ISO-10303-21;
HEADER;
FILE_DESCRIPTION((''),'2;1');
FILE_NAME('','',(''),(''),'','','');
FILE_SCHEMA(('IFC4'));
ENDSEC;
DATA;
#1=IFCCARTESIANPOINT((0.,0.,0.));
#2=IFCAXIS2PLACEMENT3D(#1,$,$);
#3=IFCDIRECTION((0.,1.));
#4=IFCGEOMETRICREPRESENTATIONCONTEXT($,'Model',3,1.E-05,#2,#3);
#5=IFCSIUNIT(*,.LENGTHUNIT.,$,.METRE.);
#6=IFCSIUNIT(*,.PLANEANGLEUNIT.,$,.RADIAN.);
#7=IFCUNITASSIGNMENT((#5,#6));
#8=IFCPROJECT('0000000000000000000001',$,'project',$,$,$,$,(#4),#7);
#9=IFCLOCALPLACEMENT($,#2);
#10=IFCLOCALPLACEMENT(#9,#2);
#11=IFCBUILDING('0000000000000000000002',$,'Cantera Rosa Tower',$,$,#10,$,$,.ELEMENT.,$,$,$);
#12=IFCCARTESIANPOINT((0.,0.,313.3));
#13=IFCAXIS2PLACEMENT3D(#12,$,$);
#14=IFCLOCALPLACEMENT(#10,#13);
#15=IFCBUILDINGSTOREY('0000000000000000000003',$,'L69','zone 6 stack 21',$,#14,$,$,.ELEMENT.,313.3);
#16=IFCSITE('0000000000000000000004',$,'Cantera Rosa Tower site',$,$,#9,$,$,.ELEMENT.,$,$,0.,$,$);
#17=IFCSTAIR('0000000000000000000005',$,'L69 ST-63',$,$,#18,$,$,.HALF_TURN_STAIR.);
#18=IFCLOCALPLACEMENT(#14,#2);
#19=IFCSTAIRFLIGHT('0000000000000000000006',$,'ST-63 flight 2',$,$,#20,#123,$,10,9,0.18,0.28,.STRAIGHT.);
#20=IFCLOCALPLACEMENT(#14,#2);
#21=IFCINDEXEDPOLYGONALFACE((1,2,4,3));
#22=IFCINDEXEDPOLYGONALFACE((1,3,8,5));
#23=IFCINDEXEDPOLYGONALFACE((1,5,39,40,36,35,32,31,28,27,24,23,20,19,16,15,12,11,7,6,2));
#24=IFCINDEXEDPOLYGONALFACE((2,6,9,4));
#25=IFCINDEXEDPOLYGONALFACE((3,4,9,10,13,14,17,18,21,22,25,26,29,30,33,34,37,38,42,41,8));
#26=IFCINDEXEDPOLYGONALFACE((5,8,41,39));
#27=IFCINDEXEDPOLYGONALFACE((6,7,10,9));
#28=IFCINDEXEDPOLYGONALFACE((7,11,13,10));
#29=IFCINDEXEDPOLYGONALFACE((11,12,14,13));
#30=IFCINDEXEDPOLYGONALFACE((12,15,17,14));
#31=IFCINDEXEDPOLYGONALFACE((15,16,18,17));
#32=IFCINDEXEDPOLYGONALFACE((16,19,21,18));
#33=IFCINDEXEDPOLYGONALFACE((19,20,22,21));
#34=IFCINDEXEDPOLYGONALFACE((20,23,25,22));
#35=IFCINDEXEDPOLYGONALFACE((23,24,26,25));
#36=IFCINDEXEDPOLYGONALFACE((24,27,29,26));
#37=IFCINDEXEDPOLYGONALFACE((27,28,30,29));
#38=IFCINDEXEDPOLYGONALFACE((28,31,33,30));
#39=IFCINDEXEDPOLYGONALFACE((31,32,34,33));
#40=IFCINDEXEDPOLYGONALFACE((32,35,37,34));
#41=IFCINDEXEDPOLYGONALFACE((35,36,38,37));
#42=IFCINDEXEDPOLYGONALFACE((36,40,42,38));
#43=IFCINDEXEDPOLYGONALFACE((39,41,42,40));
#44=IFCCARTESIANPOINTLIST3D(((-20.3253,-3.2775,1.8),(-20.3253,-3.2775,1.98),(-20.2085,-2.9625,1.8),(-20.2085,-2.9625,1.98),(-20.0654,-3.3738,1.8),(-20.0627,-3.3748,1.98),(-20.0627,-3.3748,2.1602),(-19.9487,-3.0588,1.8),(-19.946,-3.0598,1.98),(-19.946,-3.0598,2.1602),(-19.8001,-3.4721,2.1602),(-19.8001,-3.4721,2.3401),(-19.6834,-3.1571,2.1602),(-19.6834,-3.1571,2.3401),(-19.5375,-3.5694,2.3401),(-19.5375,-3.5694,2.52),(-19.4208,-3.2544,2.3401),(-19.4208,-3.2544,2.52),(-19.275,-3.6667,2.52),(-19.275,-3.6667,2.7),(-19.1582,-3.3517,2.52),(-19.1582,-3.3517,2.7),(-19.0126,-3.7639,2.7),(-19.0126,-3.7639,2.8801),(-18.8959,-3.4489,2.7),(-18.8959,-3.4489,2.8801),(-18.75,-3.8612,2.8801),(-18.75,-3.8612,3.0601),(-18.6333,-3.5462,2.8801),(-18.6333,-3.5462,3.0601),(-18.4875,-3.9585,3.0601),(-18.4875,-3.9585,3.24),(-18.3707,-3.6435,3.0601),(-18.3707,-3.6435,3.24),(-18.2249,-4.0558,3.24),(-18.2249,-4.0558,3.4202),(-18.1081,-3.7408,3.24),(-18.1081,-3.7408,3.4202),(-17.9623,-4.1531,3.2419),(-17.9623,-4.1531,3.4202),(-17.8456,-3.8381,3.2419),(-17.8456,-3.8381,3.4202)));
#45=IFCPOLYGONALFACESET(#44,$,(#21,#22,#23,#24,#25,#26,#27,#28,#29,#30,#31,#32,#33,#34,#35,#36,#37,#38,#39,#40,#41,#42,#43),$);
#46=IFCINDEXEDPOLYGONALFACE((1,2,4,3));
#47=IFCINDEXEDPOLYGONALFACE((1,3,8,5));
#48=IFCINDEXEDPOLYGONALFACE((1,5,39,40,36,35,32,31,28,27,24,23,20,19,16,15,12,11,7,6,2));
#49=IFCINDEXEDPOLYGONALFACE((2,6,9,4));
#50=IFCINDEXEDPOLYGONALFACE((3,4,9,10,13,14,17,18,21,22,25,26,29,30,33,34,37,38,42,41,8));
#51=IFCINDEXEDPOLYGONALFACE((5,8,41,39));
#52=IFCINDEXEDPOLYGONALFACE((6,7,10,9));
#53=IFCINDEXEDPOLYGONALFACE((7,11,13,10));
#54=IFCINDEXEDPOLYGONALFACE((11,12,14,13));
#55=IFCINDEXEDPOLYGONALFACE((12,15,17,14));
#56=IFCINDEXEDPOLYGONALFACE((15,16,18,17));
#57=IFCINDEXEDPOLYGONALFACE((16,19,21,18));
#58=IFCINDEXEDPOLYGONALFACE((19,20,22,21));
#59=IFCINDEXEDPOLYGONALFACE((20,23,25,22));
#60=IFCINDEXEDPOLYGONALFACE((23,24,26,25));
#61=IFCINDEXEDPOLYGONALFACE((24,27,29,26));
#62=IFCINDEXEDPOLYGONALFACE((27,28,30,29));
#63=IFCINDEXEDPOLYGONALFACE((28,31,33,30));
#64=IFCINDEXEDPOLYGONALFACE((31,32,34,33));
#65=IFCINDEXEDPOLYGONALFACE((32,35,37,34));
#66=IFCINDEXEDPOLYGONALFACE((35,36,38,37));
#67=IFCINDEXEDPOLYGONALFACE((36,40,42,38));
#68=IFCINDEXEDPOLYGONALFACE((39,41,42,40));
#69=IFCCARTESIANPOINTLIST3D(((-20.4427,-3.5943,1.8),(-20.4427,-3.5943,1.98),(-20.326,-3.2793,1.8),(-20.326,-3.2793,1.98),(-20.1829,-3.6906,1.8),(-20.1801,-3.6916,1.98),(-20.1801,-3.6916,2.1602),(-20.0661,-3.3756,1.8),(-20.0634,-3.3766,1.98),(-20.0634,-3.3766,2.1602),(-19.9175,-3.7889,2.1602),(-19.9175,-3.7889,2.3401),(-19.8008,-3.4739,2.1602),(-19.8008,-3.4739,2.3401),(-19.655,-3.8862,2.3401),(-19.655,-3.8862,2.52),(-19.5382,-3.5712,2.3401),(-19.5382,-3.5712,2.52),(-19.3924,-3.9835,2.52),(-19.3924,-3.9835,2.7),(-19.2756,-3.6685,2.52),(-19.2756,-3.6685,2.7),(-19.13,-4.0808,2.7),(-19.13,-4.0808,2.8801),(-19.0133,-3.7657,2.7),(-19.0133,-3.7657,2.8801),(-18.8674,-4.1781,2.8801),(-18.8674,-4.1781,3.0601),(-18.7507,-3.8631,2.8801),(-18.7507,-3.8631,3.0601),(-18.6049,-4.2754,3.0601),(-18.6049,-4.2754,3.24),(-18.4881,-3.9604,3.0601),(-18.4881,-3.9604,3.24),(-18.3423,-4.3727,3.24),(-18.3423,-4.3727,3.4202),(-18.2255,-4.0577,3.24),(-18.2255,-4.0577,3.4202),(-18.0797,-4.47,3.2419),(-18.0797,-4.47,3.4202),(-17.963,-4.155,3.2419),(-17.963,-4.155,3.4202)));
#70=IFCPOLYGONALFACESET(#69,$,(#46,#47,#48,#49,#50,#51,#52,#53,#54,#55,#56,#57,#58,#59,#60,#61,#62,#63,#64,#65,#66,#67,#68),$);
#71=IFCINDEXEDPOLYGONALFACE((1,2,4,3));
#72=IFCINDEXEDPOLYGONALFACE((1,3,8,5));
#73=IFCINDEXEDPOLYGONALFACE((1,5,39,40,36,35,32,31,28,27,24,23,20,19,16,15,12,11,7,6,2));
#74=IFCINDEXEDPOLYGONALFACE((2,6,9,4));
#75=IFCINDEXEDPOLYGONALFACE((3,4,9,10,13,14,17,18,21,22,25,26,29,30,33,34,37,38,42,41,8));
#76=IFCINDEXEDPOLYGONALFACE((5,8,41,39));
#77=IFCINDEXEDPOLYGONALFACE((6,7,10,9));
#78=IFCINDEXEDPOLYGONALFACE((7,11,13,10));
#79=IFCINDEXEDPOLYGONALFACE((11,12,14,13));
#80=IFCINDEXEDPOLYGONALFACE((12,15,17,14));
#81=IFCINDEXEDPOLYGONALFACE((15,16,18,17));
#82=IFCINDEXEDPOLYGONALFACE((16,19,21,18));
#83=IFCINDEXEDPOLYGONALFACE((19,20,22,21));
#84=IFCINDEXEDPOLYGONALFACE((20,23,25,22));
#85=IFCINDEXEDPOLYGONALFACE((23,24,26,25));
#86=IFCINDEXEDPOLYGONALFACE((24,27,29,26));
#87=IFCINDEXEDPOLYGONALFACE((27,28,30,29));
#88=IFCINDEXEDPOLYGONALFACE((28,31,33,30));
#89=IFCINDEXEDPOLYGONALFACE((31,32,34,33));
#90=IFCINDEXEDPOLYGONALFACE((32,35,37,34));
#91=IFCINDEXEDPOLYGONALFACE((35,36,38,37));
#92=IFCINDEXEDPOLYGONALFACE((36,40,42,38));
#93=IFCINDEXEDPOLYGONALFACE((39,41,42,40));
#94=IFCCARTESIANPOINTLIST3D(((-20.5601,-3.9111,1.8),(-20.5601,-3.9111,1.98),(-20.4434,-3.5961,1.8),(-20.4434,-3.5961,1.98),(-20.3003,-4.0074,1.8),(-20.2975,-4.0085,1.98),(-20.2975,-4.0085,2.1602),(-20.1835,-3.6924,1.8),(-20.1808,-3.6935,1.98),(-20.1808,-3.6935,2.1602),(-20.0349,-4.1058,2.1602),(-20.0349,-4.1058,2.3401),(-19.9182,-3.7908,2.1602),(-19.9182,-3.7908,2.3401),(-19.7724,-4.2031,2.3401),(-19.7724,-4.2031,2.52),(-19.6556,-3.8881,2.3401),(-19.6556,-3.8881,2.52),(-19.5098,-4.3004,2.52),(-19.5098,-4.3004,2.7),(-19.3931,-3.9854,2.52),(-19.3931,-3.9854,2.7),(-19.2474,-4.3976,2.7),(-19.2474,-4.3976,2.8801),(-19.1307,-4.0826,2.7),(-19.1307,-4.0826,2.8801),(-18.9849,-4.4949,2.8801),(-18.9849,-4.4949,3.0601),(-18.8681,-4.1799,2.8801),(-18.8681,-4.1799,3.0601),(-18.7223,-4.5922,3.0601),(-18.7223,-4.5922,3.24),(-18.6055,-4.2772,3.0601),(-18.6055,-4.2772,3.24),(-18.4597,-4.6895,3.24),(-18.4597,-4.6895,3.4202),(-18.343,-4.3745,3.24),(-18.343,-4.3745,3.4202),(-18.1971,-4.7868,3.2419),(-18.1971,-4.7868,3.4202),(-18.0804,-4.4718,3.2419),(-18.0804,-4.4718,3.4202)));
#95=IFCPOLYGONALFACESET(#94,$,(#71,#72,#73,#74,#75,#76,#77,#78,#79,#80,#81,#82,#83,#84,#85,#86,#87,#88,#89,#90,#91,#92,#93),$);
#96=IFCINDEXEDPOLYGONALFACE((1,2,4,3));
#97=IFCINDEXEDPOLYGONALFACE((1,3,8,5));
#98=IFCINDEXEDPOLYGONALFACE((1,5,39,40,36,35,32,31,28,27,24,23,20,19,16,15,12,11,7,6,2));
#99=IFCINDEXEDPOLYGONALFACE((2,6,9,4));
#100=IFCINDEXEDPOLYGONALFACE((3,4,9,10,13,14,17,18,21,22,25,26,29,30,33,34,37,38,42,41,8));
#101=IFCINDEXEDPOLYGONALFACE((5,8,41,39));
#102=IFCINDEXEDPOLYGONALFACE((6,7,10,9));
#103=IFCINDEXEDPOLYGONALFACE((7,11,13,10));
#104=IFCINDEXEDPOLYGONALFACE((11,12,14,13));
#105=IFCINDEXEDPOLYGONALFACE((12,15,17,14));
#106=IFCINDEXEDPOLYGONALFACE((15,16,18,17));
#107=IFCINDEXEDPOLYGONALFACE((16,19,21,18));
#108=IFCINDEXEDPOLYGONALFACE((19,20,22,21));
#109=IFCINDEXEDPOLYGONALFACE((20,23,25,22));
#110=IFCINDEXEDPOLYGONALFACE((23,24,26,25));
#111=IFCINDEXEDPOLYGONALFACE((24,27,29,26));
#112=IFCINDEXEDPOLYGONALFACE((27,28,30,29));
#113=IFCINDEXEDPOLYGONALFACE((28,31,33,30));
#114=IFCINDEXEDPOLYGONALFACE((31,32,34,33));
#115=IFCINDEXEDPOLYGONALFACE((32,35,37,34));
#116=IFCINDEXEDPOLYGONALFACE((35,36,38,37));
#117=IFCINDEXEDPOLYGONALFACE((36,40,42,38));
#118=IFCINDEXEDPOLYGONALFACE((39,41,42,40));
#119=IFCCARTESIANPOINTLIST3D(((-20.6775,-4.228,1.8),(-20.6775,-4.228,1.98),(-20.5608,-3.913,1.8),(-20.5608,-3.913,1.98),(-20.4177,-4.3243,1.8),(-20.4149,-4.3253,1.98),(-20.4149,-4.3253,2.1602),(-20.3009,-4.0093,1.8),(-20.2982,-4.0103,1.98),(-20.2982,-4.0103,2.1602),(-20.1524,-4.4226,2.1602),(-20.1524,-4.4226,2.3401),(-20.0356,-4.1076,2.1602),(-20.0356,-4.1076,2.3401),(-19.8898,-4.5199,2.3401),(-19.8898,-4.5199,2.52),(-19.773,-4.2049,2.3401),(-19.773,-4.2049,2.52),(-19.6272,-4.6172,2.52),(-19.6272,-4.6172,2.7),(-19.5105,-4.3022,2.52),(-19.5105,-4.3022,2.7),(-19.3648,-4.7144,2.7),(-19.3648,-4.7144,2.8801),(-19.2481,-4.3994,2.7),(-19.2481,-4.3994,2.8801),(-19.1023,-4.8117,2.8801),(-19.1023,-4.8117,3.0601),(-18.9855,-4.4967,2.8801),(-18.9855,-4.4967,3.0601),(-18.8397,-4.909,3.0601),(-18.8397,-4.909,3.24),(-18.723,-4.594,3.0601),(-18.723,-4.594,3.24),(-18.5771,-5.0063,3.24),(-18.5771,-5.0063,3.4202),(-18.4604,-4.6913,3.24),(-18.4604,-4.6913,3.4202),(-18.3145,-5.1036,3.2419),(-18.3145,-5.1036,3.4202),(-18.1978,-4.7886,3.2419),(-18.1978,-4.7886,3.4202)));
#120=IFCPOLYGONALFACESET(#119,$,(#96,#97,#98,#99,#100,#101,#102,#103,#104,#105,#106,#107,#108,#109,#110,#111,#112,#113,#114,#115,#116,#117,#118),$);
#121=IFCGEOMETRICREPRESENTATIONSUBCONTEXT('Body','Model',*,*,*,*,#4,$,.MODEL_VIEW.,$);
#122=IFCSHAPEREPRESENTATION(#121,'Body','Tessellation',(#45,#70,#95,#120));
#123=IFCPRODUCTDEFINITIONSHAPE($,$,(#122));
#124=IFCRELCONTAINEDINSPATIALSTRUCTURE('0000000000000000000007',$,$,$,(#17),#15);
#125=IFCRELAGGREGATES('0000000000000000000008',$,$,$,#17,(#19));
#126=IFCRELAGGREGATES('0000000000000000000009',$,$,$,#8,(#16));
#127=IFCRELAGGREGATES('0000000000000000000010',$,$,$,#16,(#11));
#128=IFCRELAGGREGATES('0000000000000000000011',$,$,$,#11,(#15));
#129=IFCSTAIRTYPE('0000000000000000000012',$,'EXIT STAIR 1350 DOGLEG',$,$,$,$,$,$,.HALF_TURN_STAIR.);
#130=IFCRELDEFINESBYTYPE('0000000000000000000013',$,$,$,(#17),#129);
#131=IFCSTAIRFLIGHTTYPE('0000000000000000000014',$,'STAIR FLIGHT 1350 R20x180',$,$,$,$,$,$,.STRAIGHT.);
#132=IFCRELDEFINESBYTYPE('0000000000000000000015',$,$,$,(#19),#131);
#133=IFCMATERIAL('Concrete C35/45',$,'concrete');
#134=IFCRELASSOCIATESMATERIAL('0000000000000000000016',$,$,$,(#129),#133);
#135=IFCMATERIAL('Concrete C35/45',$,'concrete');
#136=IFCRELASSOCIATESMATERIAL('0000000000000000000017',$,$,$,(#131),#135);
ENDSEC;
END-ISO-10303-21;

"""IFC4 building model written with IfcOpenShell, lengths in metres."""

from ifc_helpers import new_model, si_unit, direction, frame, origin, place, context, subcontext, project, spatial, polyline, outline, extrude, material, type_object, element, aggregate, save


model = new_model("IFC4")

# Units and contexts
model_context = context("Model", 3, precision=1e-05, world=origin(), true_north=direction((0.0, 1.0)))
body_context = subcontext(model_context, "Body", "Model", "MODEL_VIEW")
ifc_project = project(units=[si_unit("LENGTHUNIT", "METRE"), si_unit("PLANEANGLEUNIT", "RADIAN")], contexts=[model_context])

# Site, building, storey
site_placement = place(None, origin())
site = spatial("IfcSite", under=ifc_project, at=site_placement, Name="Cantera Rosa Tower site", CompositionType="ELEMENT", RefElevation=0.0)
building_placement = place(site_placement, origin())
building = spatial("IfcBuilding", under=site, at=building_placement, Name="Cantera Rosa Tower", CompositionType="ELEMENT")
storey_placement = place(building_placement, frame((0.0, 0.0, 313.3)))
storey = spatial("IfcBuildingStorey", under=building, at=storey_placement, Name="L69", Description="zone 6 stack 21", CompositionType="ELEMENT", Elevation=313.3)

# Stair, stair flight
ifc_material_1 = material(Name="Concrete C35/45", Category="concrete")
stair_type = type_object("IfcStairType", Name="EXIT STAIR 1350 DOGLEG", PredefinedType="HALF_TURN_STAIR", material=ifc_material_1)
stair_placement = place(storey_placement, origin())
stair = element("IfcStair", 1, at=stair_placement, inside=storey, type_object=stair_type, Name="L69 ST-63", PredefinedType="HALF_TURN_STAIR")
ifc_material_2 = material(Name="Concrete C35/45", Category="concrete")
stair_flight_type = type_object("IfcStairFlightType", Name="STAIR FLIGHT 1350 R20x180", PredefinedType="STRAIGHT", material=ifc_material_2)
stair_flight_1_placement = place(storey_placement, frame((-20.4431, -3.5955, 1.8), z_axis=(0.0, 0.0, 1.0), x_axis=(0.937687, -0.347481, 0.0)))
stair_flight_1 = element("IfcStairFlight", 2, at=stair_flight_1_placement, type_object=stair_flight_type, Name="ST-63 flight 2", NumberOfRisers=10, NumberOfTreads=9, PredefinedType="STRAIGHT", RiserHeight=0.18, TreadLength=0.28, context=body_context, shape_type="SweptSolid", body=[
    extrude(outline(polyline([(0.0, 0.0), (0.0, 0.1799), (0.28, 0.1799), (0.28, 0.3601), (0.5601, 0.3601), (0.5601, 0.54), (0.8401, 0.54), (0.8401, 0.72), (1.1201, 0.72), (1.1201, 0.8999), (1.3999, 0.8999), (1.3999, 1.0801), (1.6799, 1.0801), (1.6799, 1.26), (1.96, 1.26), (1.96, 1.4399), (2.24, 1.4399), (2.24, 1.6201), (2.52, 1.6201), (2.52, 1.8), (2.52, 1.4419), (0.2771, 0.0), (0.0, 0.0)])), frame((0.0, 0.675, 0.0), z_axis=(0.0, -1.0, 0.0), x_axis=(1.0, 0.0, 0.0)), (0.0, 0.0, 1.0), 0.3359),
    extrude(outline(polyline([(0.0, 0.0), (0.0, 0.1799), (0.28, 0.1799), (0.28, 0.3601), (0.5601, 0.3601), (0.5601, 0.54), (0.8401, 0.54), (0.8401, 0.72), (1.1201, 0.72), (1.1201, 0.8999), (1.3999, 0.8999), (1.3999, 1.0801), (1.6799, 1.0801), (1.6799, 1.26), (1.96, 1.26), (1.96, 1.4399), (2.24, 1.4399), (2.24, 1.6201), (2.52, 1.6201), (2.52, 1.8), (2.52, 1.4419), (0.2771, 0.0), (0.0, 0.0)])), frame((0.0, 0.3372, 0.0), z_axis=(0.0, -1.0, 0.0), x_axis=(1.0, 0.0, 0.0)), (0.0, 0.0, 1.0), 0.3359),
    extrude(outline(polyline([(0.0, 0.0), (0.0, 0.1799), (0.28, 0.1799), (0.28, 0.3601), (0.5601, 0.3601), (0.5601, 0.54), (0.8401, 0.54), (0.8401, 0.72), (1.1201, 0.72), (1.1201, 0.8999), (1.3999, 0.8999), (1.3999, 1.0801), (1.6799, 1.0801), (1.6799, 1.26), (1.96, 1.26), (1.96, 1.4399), (2.24, 1.4399), (2.24, 1.6201), (2.52, 1.6201), (2.52, 1.8), (2.52, 1.4419), (0.2771, 0.0), (0.0, 0.0)])), frame((0.0, -0.0007, 0.0), z_axis=(0.0, -1.0, 0.0), x_axis=(1.0, 0.0, 0.0)), (0.0, 0.0, 1.0), 0.3359),
    extrude(outline(polyline([(0.0, 0.0), (0.0, 0.1799), (0.28, 0.1799), (0.28, 0.3601), (0.5601, 0.3601), (0.5601, 0.54), (0.8401, 0.54), (0.8401, 0.72), (1.1201, 0.72), (1.1201, 0.8999), (1.3999, 0.8999), (1.3999, 1.0801), (1.6799, 1.0801), (1.6799, 1.26), (1.96, 1.26), (1.96, 1.4399), (2.24, 1.4399), (2.24, 1.6201), (2.52, 1.6201), (2.52, 1.8), (2.52, 1.4419), (0.2771, 0.0), (0.0, 0.0)])), frame((0.0, -0.3386, 0.0), z_axis=(0.0, -1.0, 0.0), x_axis=(1.0, 0.0, 0.0)), (0.0, 0.0, 1.0), 0.3359),
])
aggregate(stair, [stair_flight_1])

save(model, "model.ifc")
